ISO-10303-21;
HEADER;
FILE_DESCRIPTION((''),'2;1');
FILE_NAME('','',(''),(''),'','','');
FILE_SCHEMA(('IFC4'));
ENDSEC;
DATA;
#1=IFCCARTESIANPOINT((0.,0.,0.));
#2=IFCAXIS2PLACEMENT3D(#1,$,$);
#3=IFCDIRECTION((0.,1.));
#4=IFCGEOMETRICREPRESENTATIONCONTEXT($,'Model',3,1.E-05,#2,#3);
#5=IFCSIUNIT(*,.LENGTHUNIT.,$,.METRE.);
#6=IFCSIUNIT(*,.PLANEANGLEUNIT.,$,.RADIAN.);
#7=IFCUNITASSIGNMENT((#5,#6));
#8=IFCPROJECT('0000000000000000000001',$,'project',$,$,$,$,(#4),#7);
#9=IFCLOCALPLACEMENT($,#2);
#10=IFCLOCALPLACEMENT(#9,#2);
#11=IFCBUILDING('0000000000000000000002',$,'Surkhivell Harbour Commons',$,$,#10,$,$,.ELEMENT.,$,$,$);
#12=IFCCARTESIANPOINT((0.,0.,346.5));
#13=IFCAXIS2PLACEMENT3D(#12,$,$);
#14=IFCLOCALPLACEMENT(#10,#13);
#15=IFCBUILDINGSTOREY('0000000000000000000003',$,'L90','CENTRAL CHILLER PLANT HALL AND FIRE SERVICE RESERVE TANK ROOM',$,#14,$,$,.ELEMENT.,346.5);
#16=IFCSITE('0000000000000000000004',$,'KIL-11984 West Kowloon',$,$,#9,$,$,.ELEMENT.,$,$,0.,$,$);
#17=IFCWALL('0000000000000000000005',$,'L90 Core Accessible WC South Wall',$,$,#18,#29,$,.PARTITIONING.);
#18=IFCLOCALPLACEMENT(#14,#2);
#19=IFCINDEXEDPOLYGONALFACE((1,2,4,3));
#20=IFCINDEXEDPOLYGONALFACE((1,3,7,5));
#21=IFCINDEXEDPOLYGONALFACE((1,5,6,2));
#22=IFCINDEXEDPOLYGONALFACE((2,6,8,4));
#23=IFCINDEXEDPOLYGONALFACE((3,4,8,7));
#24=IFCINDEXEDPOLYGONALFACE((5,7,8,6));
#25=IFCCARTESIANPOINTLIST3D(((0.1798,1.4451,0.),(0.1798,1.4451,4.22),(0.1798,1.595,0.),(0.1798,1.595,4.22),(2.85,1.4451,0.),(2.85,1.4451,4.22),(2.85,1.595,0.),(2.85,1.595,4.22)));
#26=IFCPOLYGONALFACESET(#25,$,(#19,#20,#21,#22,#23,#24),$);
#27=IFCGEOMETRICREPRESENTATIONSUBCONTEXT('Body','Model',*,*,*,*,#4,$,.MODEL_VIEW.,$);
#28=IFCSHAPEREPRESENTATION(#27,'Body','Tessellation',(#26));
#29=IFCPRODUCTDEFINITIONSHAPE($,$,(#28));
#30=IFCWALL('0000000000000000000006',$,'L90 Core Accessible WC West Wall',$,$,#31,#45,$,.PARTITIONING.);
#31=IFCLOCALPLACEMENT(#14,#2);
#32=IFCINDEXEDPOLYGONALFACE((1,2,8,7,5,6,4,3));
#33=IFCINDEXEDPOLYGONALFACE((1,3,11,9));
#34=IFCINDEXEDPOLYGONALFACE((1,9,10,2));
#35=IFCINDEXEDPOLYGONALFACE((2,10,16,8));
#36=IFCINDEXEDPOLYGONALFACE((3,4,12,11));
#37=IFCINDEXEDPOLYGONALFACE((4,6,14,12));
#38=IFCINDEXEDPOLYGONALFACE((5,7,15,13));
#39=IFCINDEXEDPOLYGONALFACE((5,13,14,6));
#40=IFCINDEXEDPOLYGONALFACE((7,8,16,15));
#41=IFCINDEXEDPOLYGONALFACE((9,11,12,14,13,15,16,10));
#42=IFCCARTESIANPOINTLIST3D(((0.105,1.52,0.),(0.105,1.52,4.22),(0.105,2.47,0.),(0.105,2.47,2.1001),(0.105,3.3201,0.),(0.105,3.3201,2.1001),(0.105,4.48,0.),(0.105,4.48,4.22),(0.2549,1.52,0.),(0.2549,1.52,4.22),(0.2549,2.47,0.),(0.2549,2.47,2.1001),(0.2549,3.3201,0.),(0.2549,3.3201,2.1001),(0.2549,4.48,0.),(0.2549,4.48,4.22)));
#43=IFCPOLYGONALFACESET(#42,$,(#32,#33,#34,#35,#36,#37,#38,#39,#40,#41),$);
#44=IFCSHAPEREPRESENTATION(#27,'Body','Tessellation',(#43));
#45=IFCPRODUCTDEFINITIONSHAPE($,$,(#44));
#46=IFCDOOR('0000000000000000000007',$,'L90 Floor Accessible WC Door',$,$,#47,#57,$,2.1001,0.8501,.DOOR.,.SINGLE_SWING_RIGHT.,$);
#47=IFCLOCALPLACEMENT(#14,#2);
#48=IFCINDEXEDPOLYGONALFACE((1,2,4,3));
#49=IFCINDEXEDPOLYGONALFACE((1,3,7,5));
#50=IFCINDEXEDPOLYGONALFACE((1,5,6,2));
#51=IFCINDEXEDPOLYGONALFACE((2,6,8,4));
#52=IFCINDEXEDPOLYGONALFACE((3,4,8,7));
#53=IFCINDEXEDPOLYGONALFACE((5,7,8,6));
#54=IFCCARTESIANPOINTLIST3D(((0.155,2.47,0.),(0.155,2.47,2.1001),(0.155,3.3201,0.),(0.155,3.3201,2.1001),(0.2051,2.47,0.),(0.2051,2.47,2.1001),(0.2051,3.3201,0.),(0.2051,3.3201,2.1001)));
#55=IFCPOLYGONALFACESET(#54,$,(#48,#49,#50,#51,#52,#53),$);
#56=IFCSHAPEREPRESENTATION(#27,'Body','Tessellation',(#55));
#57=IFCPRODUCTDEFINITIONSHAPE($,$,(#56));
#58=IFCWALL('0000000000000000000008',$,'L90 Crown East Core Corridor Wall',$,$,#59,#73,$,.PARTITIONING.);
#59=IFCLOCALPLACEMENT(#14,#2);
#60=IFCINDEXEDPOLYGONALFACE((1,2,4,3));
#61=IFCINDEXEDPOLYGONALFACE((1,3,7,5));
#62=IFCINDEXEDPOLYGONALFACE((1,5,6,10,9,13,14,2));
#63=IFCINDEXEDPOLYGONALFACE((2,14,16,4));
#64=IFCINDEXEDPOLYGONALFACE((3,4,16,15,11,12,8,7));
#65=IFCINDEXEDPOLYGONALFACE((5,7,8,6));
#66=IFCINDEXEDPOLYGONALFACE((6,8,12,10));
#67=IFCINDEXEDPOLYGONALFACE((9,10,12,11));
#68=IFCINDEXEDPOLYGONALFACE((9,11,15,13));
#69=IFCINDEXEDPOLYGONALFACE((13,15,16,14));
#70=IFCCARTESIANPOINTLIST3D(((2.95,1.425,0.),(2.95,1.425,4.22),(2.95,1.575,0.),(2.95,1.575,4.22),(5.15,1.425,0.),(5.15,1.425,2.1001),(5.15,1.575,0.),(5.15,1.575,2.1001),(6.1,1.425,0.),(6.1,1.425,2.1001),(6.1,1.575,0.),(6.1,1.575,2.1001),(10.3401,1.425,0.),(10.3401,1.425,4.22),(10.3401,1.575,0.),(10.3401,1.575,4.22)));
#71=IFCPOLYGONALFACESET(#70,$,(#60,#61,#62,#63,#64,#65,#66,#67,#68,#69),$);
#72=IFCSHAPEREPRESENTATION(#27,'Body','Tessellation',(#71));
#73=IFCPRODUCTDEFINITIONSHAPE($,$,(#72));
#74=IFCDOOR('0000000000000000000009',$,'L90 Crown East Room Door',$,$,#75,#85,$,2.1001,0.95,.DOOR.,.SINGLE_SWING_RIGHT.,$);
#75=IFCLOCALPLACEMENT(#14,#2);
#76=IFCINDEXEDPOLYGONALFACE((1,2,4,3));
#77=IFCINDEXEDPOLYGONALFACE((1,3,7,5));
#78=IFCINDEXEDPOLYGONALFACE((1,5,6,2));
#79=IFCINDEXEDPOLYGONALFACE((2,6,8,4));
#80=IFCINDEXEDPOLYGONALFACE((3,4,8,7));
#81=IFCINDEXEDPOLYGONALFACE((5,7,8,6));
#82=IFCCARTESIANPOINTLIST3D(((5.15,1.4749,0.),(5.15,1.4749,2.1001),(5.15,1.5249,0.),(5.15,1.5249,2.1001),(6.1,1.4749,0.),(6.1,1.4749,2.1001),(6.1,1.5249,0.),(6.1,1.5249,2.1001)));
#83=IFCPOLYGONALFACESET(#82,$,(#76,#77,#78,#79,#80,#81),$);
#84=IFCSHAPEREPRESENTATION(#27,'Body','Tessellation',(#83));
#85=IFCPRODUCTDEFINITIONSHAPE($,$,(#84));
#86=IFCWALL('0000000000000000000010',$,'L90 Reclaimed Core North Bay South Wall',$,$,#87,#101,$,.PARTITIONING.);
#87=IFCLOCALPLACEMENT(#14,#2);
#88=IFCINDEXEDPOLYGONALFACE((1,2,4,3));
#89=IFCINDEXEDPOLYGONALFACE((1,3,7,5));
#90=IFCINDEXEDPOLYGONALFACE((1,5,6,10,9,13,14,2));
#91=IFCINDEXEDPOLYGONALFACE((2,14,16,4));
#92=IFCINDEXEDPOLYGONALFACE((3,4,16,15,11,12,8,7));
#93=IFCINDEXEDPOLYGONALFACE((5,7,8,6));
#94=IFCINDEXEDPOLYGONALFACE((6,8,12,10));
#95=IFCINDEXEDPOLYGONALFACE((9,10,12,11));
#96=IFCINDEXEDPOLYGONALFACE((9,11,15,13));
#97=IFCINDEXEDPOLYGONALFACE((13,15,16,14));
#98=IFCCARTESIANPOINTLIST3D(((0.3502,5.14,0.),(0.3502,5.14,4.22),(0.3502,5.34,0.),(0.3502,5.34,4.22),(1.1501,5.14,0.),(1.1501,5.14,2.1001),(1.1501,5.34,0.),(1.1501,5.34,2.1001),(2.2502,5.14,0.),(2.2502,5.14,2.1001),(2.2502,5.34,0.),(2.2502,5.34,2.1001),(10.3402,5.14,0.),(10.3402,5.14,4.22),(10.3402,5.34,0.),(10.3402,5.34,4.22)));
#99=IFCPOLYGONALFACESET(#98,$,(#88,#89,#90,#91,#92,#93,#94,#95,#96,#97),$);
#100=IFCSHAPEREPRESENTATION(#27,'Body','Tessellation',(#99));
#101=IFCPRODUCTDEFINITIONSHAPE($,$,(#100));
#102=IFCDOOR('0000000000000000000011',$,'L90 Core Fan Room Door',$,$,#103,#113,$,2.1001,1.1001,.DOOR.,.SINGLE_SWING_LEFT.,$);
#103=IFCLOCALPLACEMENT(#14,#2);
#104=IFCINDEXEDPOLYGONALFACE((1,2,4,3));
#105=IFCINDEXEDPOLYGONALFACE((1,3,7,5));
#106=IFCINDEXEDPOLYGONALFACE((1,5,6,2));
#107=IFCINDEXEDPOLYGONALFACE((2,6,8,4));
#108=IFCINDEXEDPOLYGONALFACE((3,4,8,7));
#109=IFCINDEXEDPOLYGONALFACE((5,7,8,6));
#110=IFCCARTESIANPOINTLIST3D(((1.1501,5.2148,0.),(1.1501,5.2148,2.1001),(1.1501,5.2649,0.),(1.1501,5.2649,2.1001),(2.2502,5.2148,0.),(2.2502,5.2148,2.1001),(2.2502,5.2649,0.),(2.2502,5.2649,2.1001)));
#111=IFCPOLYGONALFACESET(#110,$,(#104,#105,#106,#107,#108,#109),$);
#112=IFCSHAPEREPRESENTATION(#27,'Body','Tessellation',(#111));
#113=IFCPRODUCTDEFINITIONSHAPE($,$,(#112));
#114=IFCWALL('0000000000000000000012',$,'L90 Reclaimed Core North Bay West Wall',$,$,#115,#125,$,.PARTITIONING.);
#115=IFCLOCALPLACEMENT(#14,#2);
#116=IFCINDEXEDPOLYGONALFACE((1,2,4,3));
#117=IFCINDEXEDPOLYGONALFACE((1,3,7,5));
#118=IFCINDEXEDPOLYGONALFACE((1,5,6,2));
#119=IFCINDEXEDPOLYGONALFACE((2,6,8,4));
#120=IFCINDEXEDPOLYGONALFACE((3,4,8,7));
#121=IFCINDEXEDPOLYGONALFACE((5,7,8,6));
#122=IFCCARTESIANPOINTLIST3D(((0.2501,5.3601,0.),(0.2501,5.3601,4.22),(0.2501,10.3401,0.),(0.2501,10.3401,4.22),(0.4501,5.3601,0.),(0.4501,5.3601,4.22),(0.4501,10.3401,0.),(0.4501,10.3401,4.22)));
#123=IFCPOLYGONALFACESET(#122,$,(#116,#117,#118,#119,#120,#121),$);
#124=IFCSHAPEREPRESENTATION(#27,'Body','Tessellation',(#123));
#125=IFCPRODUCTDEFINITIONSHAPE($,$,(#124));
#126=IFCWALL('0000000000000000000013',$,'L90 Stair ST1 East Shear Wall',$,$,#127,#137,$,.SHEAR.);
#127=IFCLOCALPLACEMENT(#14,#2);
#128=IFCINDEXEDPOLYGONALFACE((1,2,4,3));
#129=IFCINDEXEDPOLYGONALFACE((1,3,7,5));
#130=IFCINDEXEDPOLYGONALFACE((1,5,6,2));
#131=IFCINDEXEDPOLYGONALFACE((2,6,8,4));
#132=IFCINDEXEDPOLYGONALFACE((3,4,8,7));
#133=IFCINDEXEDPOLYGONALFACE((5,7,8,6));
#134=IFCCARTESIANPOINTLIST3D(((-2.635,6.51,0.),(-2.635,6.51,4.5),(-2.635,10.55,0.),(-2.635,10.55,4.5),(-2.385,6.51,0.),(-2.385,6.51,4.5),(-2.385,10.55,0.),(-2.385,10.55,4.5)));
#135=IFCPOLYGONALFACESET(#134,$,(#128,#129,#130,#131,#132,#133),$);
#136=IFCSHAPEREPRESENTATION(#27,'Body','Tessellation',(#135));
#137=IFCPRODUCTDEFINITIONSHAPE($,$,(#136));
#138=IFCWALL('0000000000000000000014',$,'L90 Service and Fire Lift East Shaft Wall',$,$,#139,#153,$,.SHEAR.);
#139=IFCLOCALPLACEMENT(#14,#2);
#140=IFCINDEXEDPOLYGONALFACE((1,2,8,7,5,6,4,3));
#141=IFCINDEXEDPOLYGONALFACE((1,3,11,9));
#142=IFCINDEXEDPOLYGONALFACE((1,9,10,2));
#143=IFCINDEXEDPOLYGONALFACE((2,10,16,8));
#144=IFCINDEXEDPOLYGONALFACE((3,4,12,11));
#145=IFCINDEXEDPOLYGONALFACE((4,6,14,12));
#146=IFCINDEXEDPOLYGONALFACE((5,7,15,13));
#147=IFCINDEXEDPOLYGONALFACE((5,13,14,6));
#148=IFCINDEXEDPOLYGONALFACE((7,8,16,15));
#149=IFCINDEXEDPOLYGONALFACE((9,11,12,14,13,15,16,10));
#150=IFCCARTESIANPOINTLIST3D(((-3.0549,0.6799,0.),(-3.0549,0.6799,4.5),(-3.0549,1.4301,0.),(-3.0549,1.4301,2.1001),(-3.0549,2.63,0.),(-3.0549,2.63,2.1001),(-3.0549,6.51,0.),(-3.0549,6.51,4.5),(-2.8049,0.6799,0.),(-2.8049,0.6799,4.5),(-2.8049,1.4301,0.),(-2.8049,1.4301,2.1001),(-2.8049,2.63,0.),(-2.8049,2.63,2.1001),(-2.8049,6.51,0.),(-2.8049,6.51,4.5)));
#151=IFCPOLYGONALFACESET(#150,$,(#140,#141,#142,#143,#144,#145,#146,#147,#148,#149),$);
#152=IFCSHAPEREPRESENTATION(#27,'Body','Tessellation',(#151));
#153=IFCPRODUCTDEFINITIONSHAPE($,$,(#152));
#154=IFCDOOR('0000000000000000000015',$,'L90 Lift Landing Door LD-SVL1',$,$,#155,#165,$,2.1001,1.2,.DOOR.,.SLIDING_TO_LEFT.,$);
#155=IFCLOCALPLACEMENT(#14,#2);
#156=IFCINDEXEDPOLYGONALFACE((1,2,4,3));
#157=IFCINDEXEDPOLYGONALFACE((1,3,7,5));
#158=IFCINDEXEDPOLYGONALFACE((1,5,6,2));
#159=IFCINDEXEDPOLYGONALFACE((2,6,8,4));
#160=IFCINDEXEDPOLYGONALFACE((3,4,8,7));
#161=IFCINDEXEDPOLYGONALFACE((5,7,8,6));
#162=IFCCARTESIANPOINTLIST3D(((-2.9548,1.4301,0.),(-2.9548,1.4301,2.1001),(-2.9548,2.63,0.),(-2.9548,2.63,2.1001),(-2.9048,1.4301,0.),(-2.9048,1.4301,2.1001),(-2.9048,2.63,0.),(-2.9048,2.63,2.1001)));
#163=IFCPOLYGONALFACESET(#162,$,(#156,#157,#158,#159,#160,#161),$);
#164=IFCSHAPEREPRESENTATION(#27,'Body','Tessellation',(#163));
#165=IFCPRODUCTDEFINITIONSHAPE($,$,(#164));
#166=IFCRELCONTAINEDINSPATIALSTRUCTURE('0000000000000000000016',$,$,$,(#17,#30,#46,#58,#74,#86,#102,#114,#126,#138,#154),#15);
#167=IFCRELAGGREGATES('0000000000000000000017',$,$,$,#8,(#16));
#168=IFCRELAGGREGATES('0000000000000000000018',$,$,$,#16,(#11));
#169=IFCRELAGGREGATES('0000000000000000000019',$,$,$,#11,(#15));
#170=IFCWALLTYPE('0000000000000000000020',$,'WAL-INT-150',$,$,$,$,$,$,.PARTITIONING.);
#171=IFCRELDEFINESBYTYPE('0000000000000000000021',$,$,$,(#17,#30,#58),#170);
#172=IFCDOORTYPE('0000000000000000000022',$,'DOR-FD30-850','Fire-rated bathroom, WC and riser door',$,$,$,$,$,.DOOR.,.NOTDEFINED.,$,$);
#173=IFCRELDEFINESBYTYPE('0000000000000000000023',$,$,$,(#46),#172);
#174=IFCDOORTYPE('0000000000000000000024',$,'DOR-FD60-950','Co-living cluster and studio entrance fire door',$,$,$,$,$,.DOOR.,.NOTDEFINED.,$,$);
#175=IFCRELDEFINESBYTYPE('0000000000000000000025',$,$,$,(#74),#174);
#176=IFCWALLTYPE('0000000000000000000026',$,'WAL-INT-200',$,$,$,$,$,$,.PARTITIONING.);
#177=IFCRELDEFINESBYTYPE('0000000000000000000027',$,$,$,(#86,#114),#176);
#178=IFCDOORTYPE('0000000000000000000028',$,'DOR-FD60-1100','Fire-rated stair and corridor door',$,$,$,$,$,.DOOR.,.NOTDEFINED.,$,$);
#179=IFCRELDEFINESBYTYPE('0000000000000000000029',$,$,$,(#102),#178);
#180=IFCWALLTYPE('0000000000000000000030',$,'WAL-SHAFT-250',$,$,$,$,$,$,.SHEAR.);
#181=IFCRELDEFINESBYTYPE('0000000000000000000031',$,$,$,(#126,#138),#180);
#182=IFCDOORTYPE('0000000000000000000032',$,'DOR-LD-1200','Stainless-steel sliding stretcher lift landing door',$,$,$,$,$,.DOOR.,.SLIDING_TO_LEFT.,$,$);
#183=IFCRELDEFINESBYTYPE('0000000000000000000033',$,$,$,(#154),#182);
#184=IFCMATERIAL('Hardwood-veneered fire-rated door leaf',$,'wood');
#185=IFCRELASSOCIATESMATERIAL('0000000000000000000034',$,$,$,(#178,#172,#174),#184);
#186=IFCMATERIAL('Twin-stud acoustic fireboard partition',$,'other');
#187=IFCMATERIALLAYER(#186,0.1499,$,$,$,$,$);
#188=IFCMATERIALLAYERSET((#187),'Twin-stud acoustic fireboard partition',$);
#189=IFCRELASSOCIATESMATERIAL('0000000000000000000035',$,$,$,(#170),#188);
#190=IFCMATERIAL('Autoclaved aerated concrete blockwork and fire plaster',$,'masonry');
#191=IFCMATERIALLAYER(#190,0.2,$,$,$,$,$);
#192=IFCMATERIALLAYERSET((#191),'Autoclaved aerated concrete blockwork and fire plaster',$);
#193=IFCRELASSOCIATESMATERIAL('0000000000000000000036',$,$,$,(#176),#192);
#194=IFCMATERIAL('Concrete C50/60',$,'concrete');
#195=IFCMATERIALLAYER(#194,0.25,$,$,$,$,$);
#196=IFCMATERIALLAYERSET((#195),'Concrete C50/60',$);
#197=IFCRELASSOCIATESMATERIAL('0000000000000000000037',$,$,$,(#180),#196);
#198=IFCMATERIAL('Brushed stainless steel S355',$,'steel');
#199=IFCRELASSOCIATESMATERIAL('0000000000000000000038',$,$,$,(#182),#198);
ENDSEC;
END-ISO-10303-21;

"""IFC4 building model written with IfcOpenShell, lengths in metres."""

from ifc_helpers import new_model, si_unit, direction, frame, frame_2d, origin, place, context, subcontext, project, spatial, rectangle, extrude, material, layer, layer_set, type_object, element, fill, save


model = new_model("IFC4")

# Units and contexts
model_context = context("Model", 3, precision=1e-05, world=origin(), true_north=direction((0.0, 1.0)))
body_context = subcontext(model_context, "Body", "Model", "MODEL_VIEW")
ifc_project = project(units=[si_unit("LENGTHUNIT", "METRE"), si_unit("PLANEANGLEUNIT", "RADIAN")], contexts=[model_context])

# Site, building, storey
site_placement = place(None, origin())
site = spatial("IfcSite", under=ifc_project, at=site_placement, Name="KIL-11984 West Kowloon", CompositionType="ELEMENT", RefElevation=0.0)
building_placement = place(site_placement, origin())
building = spatial("IfcBuilding", under=site, at=building_placement, Name="Surkhivell Harbour Commons", CompositionType="ELEMENT")
storey_placement = place(building_placement, frame((0.0, 0.0, 346.5)))
storey = spatial("IfcBuildingStorey", under=building, at=storey_placement, Name="L90", Description="CENTRAL CHILLER PLANT HALL AND FIRE SERVICE RESERVE TANK ROOM", CompositionType="ELEMENT", Elevation=346.5)

# Shared definitions
ifc_material_1 = material(Name="Concrete C50/60", Category="concrete")
ifc_material_2 = material(Name="Hardwood-veneered fire-rated door leaf", Category="wood")
door_type_1 = type_object("IfcDoorType", Name="DOR-FD60-1100", Description="Fire-rated stair and corridor door", OperationType="NOTDEFINED", PredefinedType="DOOR", material=ifc_material_2)

# Wall
ifc_material_3 = material(Name="Twin-stud acoustic fireboard partition", Category="other")
ifc_layer_1 = layer(ifc_material_3, 0.1499)
ifc_layer_set_1 = layer_set([ifc_layer_1], Name="Twin-stud acoustic fireboard partition")
wall_type_1 = type_object("IfcWallType", Name="WAL-INT-150", PredefinedType="PARTITIONING", material=ifc_layer_set_1)
for number, where, z_axis, x_axis, name in (
    (1, (0.1799, 1.52, 0.0), (0.0, 0.0, 1.0), (1.0, 0.0, 0.0), "L90 Core Accessible WC South Wall"),
):
    element("IfcWall", number, at=place(storey_placement, frame(where, z_axis=z_axis, x_axis=x_axis)), inside=storey, type_object=wall_type_1, Name=name, PredefinedType="PARTITIONING", context=body_context, shape_type="SweptSolid", body=[
        extrude(rectangle(XDim=2.6702, YDim=0.1499, at=frame_2d((1.335, 0.0))), origin(), (0.0, 0.0, 1.0), 4.22),
    ])

# Walls, openings, doors
wall_1_placement = place(storey_placement, frame((0.1799, 1.52, 0.0), z_axis=(0.0, 0.0, 1.0), x_axis=(0.0, 1.0, 0.0)))
wall_1 = element("IfcWall", 2, at=wall_1_placement, inside=storey, type_object=wall_type_1, Name="L90 Core Accessible WC West Wall", PredefinedType="PARTITIONING", context=body_context, shape_type="SweptSolid", body=[
    extrude(rectangle(XDim=2.96, YDim=0.1499, at=frame_2d((1.48, 0.0))), origin(), (0.0, 0.0, 1.0), 4.22),
])
opening_1_placement = place(wall_1_placement, frame((0.95, 0.0, 0.0)))
opening_1 = element("IfcOpeningElement", 3, at=opening_1_placement, cuts=wall_1, PredefinedType="OPENING", context=body_context, shape_type="SweptSolid", body=[
    extrude(rectangle(XDim=0.8501, YDim=2.1001, at=frame_2d((0.425, 1.05))), frame((0.0, 0.085, 0.0), z_axis=(0.0, -1.0, 0.0), x_axis=(1.0, 0.0, 0.0)), (0.0, 0.0, 1.0), 0.1699),
])
door_type_2 = type_object("IfcDoorType", Name="DOR-FD30-850", Description="Fire-rated bathroom, WC and riser door", OperationType="NOTDEFINED", PredefinedType="DOOR", material=ifc_material_2)
door_1_placement = place(opening_1_placement, origin())
door_1 = element("IfcDoor", 4, at=door_1_placement, inside=storey, type_object=door_type_2, Name="L90 Floor Accessible WC Door", OperationType="SINGLE_SWING_RIGHT", OverallHeight=2.1001, OverallWidth=0.8501, PredefinedType="DOOR", context=body_context, shape_type="SweptSolid", body=[
    extrude(rectangle(XDim=0.8501, YDim=2.1001, at=frame_2d((0.425, 1.05))), frame((0.0, 0.0249, 0.0), z_axis=(0.0, -1.0, 0.0), x_axis=(1.0, 0.0, 0.0)), (0.0, 0.0, 1.0), 0.05),
])
fill(opening_1, door_1)
wall_2_placement = place(storey_placement, frame((2.95, 1.5, 0.0), z_axis=(0.0, 0.0, 1.0), x_axis=(1.0, 0.0, 0.0)))
wall_2 = element("IfcWall", 5, at=wall_2_placement, inside=storey, type_object=wall_type_1, Name="L90 Crown East Core Corridor Wall", PredefinedType="PARTITIONING", context=body_context, shape_type="SweptSolid", body=[
    extrude(rectangle(XDim=7.3901, YDim=0.1499, at=frame_2d((3.6951, 0.0))), origin(), (0.0, 0.0, 1.0), 4.22),
])
opening_2_placement = place(wall_2_placement, frame((2.2, 0.0, 0.0)))
opening_2 = element("IfcOpeningElement", 6, at=opening_2_placement, cuts=wall_2, PredefinedType="OPENING", context=body_context, shape_type="SweptSolid", body=[
    extrude(rectangle(XDim=0.95, YDim=2.1001, at=frame_2d((0.4751, 1.05))), frame((0.0, 0.085, 0.0), z_axis=(0.0, -1.0, 0.0), x_axis=(1.0, 0.0, 0.0)), (0.0, 0.0, 1.0), 0.1699),
])
door_type_3 = type_object("IfcDoorType", Name="DOR-FD60-950", Description="Co-living cluster and studio entrance fire door", OperationType="NOTDEFINED", PredefinedType="DOOR", material=ifc_material_2)
door_2_placement = place(opening_2_placement, origin())
door_2 = element("IfcDoor", 7, at=door_2_placement, inside=storey, type_object=door_type_3, Name="L90 Crown East Room Door", OperationType="SINGLE_SWING_RIGHT", OverallHeight=2.1001, OverallWidth=0.95, PredefinedType="DOOR", context=body_context, shape_type="SweptSolid", body=[
    extrude(rectangle(XDim=0.95, YDim=2.1001, at=frame_2d((0.4751, 1.05))), frame((0.0, 0.0249, 0.0), z_axis=(0.0, -1.0, 0.0), x_axis=(1.0, 0.0, 0.0)), (0.0, 0.0, 1.0), 0.05),
])
fill(opening_2, door_2)
ifc_material_4 = material(Name="Autoclaved aerated concrete blockwork and fire plaster", Category="masonry")
ifc_layer_2 = layer(ifc_material_4, 0.2)
ifc_layer_set_2 = layer_set([ifc_layer_2], Name="Autoclaved aerated concrete blockwork and fire plaster")
wall_type_2 = type_object("IfcWallType", Name="WAL-INT-200", PredefinedType="PARTITIONING", material=ifc_layer_set_2)
wall_3_placement = place(storey_placement, frame((0.3501, 5.24, 0.0), z_axis=(0.0, 0.0, 1.0), x_axis=(1.0, 0.0, 0.0)))
wall_3 = element("IfcWall", 8, at=wall_3_placement, inside=storey, type_object=wall_type_2, Name="L90 Reclaimed Core North Bay South Wall", PredefinedType="PARTITIONING", context=body_context, shape_type="SweptSolid", body=[
    extrude(rectangle(XDim=9.99, YDim=0.2, at=frame_2d((4.9951, 0.0))), origin(), (0.0, 0.0, 1.0), 4.22),
])
opening_3_placement = place(wall_3_placement, frame((0.8, 0.0, 0.0)))
opening_3 = element("IfcOpeningElement", 9, at=opening_3_placement, cuts=wall_3, PredefinedType="OPENING", context=body_context, shape_type="SweptSolid", body=[
    extrude(rectangle(XDim=1.1001, YDim=2.1001, at=frame_2d((0.55, 1.05))), frame((0.0, 0.1099, 0.0), z_axis=(0.0, -1.0, 0.0), x_axis=(1.0, 0.0, 0.0)), (0.0, 0.0, 1.0), 0.22),
])
door_3_placement = place(opening_3_placement, origin())
door_3 = element("IfcDoor", 10, at=door_3_placement, inside=storey, type_object=door_type_1, Name="L90 Core Fan Room Door", OperationType="SINGLE_SWING_LEFT", OverallHeight=2.1001, OverallWidth=1.1001, PredefinedType="DOOR", context=body_context, shape_type="SweptSolid", body=[
    extrude(rectangle(XDim=1.1001, YDim=2.1001, at=frame_2d((0.55, 1.05))), frame((0.0, 0.0249, 0.0), z_axis=(0.0, -1.0, 0.0), x_axis=(1.0, 0.0, 0.0)), (0.0, 0.0, 1.0), 0.05),
])
fill(opening_3, door_3)

# Walls
wall_4_placement = place(storey_placement, frame((0.3501, 5.3601, 0.0), z_axis=(0.0, 0.0, 1.0), x_axis=(0.0, 1.0, 0.0)))
element("IfcWall", 11, at=wall_4_placement, inside=storey, type_object=wall_type_2, Name="L90 Reclaimed Core North Bay West Wall", PredefinedType="PARTITIONING", context=body_context, shape_type="SweptSolid", body=[
    extrude(rectangle(XDim=4.98, YDim=0.2, at=frame_2d((2.49, 0.0))), origin(), (0.0, 0.0, 1.0), 4.22),
])
ifc_layer_3 = layer(ifc_material_1, 0.25)
ifc_layer_set_3 = layer_set([ifc_layer_3], Name="Concrete C50/60")
wall_type_3 = type_object("IfcWallType", Name="WAL-SHAFT-250", PredefinedType="SHEAR", material=ifc_layer_set_3)
wall_5_placement = place(storey_placement, frame((-2.51, 6.51, 0.0), z_axis=(0.0, 0.0, 1.0), x_axis=(0.0, 1.0, 0.0)))
element("IfcWall", 12, at=wall_5_placement, inside=storey, type_object=wall_type_3, Name="L90 Stair ST1 East Shear Wall", PredefinedType="SHEAR", context=body_context, shape_type="SweptSolid", body=[
    extrude(rectangle(XDim=4.04, YDim=0.25, at=frame_2d((2.02, 0.0))), origin(), (0.0, 0.0, 1.0), 4.5),
])

# Wall, opening, door
wall_6_placement = place(storey_placement, frame((-2.9299, 0.6799, 0.0), z_axis=(0.0, 0.0, 1.0), x_axis=(0.0, 1.0, 0.0)))
wall_6 = element("IfcWall", 13, at=wall_6_placement, inside=storey, type_object=wall_type_3, Name="L90 Service and Fire Lift East Shaft Wall", PredefinedType="SHEAR", context=body_context, shape_type="SweptSolid", body=[
    extrude(rectangle(XDim=5.8301, YDim=0.25, at=frame_2d((2.915, 0.0))), origin(), (0.0, 0.0, 1.0), 4.5),
])
opening_4_placement = place(wall_6_placement, frame((0.75, 0.0, 0.0)))
opening_4 = element("IfcOpeningElement", 14, at=opening_4_placement, cuts=wall_6, PredefinedType="OPENING", context=body_context, shape_type="SweptSolid", body=[
    extrude(rectangle(XDim=1.2, YDim=2.1001, at=frame_2d((0.6001, 1.05))), frame((0.0, 0.135, 0.0), z_axis=(0.0, -1.0, 0.0), x_axis=(1.0, 0.0, 0.0)), (0.0, 0.0, 1.0), 0.27),
])
ifc_material_5 = material(Name="Brushed stainless steel S355", Category="steel")
door_type_4 = type_object("IfcDoorType", Name="DOR-LD-1200", Description="Stainless-steel sliding stretcher lift landing door", OperationType="SLIDING_TO_LEFT", PredefinedType="DOOR", material=ifc_material_5)
door_4_placement = place(opening_4_placement, origin())
door_4 = element("IfcDoor", 15, at=door_4_placement, inside=storey, type_object=door_type_4, Name="L90 Lift Landing Door LD-SVL1", OperationType="SLIDING_TO_LEFT", OverallHeight=2.1001, OverallWidth=1.2, PredefinedType="DOOR", context=body_context, shape_type="SweptSolid", body=[
    extrude(rectangle(XDim=1.2, YDim=2.1001, at=frame_2d((0.6001, 1.05))), frame((0.0, 0.0249, 0.0), z_axis=(0.0, -1.0, 0.0), x_axis=(1.0, 0.0, 0.0)), (0.0, 0.0, 1.0), 0.05),
])
fill(opening_4, door_4)

save(model, "model.ifc")
